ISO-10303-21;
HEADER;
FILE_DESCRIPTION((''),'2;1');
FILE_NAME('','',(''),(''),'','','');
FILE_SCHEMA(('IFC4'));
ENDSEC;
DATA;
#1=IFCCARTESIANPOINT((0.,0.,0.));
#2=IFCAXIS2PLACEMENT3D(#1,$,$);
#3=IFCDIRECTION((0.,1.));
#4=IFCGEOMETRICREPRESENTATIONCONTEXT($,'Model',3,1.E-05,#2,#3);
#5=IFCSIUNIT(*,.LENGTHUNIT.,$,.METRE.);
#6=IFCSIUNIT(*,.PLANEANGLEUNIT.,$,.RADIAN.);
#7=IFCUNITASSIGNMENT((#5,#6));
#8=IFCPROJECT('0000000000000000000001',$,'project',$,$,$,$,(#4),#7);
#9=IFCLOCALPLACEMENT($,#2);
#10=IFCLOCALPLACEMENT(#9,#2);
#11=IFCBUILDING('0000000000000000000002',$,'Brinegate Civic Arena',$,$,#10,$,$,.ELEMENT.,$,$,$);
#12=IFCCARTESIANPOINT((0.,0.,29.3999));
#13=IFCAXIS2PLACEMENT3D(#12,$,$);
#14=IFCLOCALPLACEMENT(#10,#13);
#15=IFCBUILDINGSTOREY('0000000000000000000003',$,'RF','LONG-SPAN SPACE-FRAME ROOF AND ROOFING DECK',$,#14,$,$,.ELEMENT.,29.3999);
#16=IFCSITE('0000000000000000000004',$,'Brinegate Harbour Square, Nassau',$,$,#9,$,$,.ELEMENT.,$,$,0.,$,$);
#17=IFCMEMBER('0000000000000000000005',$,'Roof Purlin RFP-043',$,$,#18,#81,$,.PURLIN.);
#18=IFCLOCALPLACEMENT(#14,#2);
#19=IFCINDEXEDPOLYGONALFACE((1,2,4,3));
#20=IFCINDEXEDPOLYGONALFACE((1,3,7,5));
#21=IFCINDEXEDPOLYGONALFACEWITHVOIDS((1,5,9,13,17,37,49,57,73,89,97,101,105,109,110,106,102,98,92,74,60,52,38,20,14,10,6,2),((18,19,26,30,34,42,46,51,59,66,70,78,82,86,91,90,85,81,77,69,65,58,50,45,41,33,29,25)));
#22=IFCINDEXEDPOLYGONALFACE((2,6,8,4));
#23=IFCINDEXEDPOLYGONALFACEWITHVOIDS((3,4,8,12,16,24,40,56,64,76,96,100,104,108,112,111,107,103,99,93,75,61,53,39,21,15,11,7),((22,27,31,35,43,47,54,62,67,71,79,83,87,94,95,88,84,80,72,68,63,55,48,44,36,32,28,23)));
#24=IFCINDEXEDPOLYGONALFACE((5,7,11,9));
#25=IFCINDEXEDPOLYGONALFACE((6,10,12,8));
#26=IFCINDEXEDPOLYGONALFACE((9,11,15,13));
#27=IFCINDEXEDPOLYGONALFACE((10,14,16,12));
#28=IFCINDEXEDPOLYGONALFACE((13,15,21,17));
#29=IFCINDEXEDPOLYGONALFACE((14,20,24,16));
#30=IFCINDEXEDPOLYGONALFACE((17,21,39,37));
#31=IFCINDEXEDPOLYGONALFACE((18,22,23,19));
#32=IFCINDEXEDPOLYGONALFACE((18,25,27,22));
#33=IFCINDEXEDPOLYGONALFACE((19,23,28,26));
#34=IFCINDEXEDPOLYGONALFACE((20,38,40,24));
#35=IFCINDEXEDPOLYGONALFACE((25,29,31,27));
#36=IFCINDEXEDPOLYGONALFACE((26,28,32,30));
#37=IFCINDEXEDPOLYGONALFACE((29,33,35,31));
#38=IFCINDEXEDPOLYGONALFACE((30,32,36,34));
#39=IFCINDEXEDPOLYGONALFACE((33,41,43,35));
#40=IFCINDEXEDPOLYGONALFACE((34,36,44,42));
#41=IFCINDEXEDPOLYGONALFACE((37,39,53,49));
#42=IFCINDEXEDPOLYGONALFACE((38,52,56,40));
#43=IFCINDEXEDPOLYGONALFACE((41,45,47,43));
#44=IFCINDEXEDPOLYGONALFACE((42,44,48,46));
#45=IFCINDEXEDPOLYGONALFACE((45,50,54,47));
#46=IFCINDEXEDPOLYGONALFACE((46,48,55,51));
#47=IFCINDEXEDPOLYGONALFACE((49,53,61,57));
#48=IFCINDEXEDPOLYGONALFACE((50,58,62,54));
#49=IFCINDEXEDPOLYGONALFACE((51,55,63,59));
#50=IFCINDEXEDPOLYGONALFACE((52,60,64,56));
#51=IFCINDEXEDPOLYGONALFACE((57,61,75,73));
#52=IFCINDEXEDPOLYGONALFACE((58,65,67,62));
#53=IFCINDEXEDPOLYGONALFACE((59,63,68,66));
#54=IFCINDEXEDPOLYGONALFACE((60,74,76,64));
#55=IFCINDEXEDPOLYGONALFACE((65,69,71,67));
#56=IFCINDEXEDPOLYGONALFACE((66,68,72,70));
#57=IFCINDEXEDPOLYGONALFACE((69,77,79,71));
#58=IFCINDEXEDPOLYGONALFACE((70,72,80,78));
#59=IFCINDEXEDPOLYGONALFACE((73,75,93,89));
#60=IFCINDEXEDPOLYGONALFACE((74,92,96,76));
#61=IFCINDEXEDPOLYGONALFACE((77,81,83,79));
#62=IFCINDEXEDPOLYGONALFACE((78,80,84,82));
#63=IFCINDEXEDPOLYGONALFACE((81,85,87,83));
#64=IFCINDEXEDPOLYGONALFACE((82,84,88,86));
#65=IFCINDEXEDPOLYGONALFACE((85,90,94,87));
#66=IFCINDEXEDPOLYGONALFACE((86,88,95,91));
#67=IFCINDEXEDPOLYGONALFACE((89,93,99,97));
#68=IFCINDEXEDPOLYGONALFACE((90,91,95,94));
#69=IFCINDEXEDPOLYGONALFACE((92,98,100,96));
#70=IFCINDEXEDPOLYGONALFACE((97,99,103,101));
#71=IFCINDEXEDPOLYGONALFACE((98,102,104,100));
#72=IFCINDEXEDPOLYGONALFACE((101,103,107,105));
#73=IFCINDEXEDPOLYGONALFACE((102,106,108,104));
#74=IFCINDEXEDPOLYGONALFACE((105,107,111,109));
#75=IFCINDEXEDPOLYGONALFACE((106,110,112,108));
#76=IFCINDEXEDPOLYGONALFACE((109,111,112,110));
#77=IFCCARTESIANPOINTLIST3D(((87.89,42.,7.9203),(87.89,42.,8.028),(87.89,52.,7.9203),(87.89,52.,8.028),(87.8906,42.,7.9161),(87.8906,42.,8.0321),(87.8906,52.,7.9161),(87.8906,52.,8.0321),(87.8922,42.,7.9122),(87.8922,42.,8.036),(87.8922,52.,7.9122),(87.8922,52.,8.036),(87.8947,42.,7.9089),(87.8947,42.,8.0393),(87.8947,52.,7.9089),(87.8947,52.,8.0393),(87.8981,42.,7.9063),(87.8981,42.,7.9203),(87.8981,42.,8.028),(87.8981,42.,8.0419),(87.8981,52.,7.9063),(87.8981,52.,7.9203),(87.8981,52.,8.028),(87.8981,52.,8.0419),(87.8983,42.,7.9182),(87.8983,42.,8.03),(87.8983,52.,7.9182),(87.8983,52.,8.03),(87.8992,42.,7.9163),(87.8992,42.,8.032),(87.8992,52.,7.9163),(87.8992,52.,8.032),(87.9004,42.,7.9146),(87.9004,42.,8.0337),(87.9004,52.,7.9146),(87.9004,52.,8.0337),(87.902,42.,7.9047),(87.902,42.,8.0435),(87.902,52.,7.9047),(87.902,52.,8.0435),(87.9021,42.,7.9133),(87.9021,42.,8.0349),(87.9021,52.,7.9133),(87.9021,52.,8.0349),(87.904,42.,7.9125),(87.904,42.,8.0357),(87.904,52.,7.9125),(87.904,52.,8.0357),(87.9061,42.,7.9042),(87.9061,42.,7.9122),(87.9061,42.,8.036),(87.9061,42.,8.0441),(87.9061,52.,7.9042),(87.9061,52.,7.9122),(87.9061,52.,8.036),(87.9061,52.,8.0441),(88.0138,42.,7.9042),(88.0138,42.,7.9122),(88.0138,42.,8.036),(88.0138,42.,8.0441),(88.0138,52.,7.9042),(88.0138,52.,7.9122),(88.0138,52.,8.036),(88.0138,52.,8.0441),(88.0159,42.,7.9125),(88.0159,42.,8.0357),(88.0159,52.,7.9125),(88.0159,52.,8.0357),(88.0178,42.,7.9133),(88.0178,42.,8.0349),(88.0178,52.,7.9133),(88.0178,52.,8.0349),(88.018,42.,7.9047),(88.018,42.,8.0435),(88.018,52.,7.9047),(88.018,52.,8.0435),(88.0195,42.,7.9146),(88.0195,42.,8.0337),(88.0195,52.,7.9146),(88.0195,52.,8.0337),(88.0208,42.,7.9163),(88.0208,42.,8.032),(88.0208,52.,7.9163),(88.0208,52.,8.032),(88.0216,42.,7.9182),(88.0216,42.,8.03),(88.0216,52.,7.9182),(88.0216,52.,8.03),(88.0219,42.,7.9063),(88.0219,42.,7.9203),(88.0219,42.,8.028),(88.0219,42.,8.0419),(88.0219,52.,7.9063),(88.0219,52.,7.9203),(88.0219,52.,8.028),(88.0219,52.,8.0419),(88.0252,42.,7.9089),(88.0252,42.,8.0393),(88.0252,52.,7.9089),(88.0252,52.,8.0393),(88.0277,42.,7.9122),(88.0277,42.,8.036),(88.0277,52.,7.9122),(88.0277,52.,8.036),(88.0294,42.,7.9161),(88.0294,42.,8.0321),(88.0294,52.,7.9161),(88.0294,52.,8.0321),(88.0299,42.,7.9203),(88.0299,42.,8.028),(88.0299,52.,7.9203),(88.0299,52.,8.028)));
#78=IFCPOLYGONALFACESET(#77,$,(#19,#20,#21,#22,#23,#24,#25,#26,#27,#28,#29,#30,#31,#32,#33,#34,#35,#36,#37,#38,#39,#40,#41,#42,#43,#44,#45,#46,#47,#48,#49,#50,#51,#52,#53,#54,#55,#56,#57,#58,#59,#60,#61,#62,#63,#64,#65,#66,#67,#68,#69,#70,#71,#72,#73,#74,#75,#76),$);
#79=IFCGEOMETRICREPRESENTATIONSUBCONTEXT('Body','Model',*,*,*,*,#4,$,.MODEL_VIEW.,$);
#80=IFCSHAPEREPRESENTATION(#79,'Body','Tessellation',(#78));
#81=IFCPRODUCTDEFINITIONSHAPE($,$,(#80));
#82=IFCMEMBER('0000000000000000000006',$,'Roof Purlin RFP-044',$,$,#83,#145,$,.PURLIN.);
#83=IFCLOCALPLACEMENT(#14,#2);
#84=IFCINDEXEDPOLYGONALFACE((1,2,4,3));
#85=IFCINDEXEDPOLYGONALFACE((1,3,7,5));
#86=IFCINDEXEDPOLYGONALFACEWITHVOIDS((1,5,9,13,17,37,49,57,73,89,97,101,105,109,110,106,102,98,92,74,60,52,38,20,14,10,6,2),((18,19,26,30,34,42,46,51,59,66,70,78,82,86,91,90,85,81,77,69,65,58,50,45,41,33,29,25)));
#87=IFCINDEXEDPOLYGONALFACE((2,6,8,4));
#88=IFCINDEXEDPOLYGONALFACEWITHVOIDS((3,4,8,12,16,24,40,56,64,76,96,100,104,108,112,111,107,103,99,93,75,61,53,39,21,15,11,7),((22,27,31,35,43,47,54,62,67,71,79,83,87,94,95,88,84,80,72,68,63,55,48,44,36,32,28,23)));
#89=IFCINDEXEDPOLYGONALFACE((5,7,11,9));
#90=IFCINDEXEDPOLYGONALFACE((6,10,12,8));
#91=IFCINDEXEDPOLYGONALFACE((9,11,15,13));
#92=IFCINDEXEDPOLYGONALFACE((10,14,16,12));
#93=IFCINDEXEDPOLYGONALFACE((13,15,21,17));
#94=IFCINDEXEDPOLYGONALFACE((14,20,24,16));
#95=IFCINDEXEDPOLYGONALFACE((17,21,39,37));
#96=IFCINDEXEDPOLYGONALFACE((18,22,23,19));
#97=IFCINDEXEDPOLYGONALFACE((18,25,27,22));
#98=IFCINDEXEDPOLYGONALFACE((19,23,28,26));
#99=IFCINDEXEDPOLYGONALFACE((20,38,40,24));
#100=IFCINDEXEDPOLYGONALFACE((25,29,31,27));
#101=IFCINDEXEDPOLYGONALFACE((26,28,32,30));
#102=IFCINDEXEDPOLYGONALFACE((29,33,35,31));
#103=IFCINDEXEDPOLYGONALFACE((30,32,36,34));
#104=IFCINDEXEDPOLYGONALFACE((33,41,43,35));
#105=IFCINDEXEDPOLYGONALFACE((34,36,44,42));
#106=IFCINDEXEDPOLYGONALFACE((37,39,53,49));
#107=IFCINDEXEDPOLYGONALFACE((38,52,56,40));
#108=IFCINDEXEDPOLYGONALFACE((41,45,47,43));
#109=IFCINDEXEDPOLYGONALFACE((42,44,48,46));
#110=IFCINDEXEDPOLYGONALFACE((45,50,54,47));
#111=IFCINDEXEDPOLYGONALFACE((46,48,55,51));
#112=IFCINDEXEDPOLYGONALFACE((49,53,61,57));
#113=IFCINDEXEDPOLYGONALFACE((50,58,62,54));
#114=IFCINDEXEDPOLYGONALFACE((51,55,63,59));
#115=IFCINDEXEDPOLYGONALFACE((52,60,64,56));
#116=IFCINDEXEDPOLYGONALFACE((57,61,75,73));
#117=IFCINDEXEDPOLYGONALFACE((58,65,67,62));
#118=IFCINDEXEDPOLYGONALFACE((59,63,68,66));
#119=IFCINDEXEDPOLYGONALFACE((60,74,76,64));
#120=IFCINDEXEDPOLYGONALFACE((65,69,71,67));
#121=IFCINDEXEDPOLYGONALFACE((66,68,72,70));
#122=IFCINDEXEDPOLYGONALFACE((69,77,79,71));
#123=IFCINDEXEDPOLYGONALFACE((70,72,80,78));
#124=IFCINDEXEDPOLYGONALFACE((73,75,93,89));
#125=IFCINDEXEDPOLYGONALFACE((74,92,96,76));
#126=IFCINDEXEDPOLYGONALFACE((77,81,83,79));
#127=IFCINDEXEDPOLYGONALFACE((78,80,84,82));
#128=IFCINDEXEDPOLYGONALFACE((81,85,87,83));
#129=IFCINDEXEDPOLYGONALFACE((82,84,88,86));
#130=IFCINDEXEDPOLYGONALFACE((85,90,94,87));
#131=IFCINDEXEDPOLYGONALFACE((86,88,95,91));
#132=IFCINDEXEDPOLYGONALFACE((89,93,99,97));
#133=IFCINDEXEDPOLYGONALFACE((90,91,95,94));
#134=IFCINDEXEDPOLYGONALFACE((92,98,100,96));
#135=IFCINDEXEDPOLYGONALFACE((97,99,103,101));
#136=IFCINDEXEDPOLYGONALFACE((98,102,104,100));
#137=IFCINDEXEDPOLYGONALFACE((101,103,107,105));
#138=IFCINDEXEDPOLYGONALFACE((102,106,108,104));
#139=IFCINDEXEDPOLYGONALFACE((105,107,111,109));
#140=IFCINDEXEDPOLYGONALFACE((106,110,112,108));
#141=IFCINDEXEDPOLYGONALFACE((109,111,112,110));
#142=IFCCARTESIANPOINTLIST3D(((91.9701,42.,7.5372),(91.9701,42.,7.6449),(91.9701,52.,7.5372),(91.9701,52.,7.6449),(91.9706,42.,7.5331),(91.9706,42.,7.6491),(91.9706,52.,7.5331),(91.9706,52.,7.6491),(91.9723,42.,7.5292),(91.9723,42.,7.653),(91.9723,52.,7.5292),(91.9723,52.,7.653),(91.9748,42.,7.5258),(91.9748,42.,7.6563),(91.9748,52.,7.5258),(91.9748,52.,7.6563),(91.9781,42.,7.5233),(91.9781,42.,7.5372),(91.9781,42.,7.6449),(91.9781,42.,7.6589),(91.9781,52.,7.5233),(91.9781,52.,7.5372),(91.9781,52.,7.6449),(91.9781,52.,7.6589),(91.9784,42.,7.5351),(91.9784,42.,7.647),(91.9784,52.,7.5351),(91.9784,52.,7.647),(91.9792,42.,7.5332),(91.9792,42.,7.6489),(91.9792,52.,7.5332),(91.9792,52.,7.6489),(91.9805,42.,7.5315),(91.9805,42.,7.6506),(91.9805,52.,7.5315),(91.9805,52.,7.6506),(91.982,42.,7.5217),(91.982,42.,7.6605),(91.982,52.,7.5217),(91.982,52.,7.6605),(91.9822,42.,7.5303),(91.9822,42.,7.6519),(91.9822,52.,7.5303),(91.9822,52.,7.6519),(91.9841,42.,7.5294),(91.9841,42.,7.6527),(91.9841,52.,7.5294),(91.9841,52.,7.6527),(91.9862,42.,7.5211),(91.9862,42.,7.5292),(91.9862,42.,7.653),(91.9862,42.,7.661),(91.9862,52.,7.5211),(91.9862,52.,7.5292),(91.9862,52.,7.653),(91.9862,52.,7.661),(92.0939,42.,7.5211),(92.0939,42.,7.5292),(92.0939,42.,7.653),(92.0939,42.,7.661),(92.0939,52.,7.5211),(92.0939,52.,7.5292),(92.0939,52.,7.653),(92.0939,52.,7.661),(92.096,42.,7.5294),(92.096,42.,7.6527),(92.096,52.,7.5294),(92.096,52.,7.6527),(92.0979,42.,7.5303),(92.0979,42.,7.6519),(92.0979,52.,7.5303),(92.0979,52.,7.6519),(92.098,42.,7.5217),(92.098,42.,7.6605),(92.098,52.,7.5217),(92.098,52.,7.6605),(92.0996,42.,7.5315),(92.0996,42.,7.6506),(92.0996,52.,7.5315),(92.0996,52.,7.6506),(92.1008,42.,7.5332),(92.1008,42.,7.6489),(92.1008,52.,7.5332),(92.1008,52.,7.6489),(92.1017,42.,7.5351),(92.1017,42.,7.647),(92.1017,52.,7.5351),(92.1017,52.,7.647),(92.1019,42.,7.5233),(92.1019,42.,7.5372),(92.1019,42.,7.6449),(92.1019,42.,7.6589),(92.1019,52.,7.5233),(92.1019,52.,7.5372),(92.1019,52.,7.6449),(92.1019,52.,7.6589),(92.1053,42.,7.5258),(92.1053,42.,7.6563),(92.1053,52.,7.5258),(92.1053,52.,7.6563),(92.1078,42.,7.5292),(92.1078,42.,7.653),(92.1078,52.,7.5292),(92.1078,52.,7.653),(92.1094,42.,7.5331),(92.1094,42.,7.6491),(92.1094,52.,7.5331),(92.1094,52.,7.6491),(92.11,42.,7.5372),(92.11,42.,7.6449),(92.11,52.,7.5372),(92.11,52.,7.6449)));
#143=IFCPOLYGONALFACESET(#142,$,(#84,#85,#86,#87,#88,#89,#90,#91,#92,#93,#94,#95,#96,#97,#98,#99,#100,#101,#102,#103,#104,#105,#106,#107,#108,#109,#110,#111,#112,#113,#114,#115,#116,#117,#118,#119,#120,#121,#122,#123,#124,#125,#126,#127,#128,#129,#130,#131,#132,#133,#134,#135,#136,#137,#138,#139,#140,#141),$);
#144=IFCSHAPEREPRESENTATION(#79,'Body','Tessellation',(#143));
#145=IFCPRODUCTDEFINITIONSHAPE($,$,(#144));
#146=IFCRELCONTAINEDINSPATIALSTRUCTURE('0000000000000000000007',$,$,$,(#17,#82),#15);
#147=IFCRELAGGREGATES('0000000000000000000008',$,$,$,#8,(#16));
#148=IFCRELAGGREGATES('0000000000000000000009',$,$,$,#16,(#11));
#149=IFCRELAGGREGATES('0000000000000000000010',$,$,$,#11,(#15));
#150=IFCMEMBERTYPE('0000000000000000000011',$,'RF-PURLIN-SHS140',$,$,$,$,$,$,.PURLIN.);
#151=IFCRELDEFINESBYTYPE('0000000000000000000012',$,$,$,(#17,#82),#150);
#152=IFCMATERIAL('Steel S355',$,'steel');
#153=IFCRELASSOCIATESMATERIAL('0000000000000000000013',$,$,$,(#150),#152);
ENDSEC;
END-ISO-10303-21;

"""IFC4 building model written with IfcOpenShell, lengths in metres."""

from ifc_helpers import new_model, si_unit, direction, frame, origin, origin_2d, place, context, subcontext, project, spatial, hollow_rectangle, extrude, material, material_profile, profile_set, type_object, element, save


model = new_model("IFC4")

# Units and contexts
model_context = context("Model", 3, precision=1e-05, world=origin(), true_north=direction((0.0, 1.0)))
body_context = subcontext(model_context, "Body", "Model", "MODEL_VIEW")
ifc_project = project(units=[si_unit("LENGTHUNIT", "METRE"), si_unit("PLANEANGLEUNIT", "RADIAN")], contexts=[model_context])

# Site, building, storey
site_placement = place(None, origin())
site = spatial("IfcSite", under=ifc_project, at=site_placement, Name="Brinegate Harbour Square, Nassau", CompositionType="ELEMENT", RefElevation=0.0)
building_placement = place(site_placement, origin())
building = spatial("IfcBuilding", under=site, at=building_placement, Name="Brinegate Civic Arena", CompositionType="ELEMENT")
storey_placement = place(building_placement, frame((0.0, 0.0, 29.3999)))
storey = spatial("IfcBuildingStorey", under=building, at=storey_placement, Name="RF", Description="LONG-SPAN SPACE-FRAME ROOF AND ROOFING DECK", CompositionType="ELEMENT", Elevation=29.3999)

# Members
ifc_material = material(Name="Steel S355", Category="steel")
ifc_material_profile_1 = material_profile(ifc_material, hollow_rectangle(XDim=0.1399, YDim=0.1399, WallThickness=0.0081, InnerFilletRadius=0.0081, OuterFilletRadius=0.0161, at=origin_2d()), Name="SHS140X8")
ifc_profile_set_1 = profile_set([ifc_material_profile_1], Name="Steel S355")
member_type_1 = type_object("IfcMemberType", Name="RF-PURLIN-SHS140", PredefinedType="PURLIN", material=ifc_profile_set_1)
for number, where, z_axis, x_axis, name in (
    (1, (87.96, 42.0, 7.9741), (0.0, 1.0, 0.0), (-1.0, 0.0, 0.0), "Roof Purlin RFP-043"),
    (2, (92.04, 42.0, 7.5911), (0.0, 1.0, 0.0), (-1.0, 0.0, 0.0), "Roof Purlin RFP-044"),
):
    element("IfcMember", number, at=place(storey_placement, frame(where, z_axis=z_axis, x_axis=x_axis)), inside=storey, type_object=member_type_1, Name=name, PredefinedType="PURLIN", context=body_context, shape_type="SweptSolid", body=[
        extrude(hollow_rectangle(XDim=0.1399, YDim=0.1399, WallThickness=0.0081, InnerFilletRadius=0.0081, OuterFilletRadius=0.0161, at=origin_2d()), origin(), (0.0, 0.0, 1.0), 10.0),
    ])

save(model, "model.ifc")
